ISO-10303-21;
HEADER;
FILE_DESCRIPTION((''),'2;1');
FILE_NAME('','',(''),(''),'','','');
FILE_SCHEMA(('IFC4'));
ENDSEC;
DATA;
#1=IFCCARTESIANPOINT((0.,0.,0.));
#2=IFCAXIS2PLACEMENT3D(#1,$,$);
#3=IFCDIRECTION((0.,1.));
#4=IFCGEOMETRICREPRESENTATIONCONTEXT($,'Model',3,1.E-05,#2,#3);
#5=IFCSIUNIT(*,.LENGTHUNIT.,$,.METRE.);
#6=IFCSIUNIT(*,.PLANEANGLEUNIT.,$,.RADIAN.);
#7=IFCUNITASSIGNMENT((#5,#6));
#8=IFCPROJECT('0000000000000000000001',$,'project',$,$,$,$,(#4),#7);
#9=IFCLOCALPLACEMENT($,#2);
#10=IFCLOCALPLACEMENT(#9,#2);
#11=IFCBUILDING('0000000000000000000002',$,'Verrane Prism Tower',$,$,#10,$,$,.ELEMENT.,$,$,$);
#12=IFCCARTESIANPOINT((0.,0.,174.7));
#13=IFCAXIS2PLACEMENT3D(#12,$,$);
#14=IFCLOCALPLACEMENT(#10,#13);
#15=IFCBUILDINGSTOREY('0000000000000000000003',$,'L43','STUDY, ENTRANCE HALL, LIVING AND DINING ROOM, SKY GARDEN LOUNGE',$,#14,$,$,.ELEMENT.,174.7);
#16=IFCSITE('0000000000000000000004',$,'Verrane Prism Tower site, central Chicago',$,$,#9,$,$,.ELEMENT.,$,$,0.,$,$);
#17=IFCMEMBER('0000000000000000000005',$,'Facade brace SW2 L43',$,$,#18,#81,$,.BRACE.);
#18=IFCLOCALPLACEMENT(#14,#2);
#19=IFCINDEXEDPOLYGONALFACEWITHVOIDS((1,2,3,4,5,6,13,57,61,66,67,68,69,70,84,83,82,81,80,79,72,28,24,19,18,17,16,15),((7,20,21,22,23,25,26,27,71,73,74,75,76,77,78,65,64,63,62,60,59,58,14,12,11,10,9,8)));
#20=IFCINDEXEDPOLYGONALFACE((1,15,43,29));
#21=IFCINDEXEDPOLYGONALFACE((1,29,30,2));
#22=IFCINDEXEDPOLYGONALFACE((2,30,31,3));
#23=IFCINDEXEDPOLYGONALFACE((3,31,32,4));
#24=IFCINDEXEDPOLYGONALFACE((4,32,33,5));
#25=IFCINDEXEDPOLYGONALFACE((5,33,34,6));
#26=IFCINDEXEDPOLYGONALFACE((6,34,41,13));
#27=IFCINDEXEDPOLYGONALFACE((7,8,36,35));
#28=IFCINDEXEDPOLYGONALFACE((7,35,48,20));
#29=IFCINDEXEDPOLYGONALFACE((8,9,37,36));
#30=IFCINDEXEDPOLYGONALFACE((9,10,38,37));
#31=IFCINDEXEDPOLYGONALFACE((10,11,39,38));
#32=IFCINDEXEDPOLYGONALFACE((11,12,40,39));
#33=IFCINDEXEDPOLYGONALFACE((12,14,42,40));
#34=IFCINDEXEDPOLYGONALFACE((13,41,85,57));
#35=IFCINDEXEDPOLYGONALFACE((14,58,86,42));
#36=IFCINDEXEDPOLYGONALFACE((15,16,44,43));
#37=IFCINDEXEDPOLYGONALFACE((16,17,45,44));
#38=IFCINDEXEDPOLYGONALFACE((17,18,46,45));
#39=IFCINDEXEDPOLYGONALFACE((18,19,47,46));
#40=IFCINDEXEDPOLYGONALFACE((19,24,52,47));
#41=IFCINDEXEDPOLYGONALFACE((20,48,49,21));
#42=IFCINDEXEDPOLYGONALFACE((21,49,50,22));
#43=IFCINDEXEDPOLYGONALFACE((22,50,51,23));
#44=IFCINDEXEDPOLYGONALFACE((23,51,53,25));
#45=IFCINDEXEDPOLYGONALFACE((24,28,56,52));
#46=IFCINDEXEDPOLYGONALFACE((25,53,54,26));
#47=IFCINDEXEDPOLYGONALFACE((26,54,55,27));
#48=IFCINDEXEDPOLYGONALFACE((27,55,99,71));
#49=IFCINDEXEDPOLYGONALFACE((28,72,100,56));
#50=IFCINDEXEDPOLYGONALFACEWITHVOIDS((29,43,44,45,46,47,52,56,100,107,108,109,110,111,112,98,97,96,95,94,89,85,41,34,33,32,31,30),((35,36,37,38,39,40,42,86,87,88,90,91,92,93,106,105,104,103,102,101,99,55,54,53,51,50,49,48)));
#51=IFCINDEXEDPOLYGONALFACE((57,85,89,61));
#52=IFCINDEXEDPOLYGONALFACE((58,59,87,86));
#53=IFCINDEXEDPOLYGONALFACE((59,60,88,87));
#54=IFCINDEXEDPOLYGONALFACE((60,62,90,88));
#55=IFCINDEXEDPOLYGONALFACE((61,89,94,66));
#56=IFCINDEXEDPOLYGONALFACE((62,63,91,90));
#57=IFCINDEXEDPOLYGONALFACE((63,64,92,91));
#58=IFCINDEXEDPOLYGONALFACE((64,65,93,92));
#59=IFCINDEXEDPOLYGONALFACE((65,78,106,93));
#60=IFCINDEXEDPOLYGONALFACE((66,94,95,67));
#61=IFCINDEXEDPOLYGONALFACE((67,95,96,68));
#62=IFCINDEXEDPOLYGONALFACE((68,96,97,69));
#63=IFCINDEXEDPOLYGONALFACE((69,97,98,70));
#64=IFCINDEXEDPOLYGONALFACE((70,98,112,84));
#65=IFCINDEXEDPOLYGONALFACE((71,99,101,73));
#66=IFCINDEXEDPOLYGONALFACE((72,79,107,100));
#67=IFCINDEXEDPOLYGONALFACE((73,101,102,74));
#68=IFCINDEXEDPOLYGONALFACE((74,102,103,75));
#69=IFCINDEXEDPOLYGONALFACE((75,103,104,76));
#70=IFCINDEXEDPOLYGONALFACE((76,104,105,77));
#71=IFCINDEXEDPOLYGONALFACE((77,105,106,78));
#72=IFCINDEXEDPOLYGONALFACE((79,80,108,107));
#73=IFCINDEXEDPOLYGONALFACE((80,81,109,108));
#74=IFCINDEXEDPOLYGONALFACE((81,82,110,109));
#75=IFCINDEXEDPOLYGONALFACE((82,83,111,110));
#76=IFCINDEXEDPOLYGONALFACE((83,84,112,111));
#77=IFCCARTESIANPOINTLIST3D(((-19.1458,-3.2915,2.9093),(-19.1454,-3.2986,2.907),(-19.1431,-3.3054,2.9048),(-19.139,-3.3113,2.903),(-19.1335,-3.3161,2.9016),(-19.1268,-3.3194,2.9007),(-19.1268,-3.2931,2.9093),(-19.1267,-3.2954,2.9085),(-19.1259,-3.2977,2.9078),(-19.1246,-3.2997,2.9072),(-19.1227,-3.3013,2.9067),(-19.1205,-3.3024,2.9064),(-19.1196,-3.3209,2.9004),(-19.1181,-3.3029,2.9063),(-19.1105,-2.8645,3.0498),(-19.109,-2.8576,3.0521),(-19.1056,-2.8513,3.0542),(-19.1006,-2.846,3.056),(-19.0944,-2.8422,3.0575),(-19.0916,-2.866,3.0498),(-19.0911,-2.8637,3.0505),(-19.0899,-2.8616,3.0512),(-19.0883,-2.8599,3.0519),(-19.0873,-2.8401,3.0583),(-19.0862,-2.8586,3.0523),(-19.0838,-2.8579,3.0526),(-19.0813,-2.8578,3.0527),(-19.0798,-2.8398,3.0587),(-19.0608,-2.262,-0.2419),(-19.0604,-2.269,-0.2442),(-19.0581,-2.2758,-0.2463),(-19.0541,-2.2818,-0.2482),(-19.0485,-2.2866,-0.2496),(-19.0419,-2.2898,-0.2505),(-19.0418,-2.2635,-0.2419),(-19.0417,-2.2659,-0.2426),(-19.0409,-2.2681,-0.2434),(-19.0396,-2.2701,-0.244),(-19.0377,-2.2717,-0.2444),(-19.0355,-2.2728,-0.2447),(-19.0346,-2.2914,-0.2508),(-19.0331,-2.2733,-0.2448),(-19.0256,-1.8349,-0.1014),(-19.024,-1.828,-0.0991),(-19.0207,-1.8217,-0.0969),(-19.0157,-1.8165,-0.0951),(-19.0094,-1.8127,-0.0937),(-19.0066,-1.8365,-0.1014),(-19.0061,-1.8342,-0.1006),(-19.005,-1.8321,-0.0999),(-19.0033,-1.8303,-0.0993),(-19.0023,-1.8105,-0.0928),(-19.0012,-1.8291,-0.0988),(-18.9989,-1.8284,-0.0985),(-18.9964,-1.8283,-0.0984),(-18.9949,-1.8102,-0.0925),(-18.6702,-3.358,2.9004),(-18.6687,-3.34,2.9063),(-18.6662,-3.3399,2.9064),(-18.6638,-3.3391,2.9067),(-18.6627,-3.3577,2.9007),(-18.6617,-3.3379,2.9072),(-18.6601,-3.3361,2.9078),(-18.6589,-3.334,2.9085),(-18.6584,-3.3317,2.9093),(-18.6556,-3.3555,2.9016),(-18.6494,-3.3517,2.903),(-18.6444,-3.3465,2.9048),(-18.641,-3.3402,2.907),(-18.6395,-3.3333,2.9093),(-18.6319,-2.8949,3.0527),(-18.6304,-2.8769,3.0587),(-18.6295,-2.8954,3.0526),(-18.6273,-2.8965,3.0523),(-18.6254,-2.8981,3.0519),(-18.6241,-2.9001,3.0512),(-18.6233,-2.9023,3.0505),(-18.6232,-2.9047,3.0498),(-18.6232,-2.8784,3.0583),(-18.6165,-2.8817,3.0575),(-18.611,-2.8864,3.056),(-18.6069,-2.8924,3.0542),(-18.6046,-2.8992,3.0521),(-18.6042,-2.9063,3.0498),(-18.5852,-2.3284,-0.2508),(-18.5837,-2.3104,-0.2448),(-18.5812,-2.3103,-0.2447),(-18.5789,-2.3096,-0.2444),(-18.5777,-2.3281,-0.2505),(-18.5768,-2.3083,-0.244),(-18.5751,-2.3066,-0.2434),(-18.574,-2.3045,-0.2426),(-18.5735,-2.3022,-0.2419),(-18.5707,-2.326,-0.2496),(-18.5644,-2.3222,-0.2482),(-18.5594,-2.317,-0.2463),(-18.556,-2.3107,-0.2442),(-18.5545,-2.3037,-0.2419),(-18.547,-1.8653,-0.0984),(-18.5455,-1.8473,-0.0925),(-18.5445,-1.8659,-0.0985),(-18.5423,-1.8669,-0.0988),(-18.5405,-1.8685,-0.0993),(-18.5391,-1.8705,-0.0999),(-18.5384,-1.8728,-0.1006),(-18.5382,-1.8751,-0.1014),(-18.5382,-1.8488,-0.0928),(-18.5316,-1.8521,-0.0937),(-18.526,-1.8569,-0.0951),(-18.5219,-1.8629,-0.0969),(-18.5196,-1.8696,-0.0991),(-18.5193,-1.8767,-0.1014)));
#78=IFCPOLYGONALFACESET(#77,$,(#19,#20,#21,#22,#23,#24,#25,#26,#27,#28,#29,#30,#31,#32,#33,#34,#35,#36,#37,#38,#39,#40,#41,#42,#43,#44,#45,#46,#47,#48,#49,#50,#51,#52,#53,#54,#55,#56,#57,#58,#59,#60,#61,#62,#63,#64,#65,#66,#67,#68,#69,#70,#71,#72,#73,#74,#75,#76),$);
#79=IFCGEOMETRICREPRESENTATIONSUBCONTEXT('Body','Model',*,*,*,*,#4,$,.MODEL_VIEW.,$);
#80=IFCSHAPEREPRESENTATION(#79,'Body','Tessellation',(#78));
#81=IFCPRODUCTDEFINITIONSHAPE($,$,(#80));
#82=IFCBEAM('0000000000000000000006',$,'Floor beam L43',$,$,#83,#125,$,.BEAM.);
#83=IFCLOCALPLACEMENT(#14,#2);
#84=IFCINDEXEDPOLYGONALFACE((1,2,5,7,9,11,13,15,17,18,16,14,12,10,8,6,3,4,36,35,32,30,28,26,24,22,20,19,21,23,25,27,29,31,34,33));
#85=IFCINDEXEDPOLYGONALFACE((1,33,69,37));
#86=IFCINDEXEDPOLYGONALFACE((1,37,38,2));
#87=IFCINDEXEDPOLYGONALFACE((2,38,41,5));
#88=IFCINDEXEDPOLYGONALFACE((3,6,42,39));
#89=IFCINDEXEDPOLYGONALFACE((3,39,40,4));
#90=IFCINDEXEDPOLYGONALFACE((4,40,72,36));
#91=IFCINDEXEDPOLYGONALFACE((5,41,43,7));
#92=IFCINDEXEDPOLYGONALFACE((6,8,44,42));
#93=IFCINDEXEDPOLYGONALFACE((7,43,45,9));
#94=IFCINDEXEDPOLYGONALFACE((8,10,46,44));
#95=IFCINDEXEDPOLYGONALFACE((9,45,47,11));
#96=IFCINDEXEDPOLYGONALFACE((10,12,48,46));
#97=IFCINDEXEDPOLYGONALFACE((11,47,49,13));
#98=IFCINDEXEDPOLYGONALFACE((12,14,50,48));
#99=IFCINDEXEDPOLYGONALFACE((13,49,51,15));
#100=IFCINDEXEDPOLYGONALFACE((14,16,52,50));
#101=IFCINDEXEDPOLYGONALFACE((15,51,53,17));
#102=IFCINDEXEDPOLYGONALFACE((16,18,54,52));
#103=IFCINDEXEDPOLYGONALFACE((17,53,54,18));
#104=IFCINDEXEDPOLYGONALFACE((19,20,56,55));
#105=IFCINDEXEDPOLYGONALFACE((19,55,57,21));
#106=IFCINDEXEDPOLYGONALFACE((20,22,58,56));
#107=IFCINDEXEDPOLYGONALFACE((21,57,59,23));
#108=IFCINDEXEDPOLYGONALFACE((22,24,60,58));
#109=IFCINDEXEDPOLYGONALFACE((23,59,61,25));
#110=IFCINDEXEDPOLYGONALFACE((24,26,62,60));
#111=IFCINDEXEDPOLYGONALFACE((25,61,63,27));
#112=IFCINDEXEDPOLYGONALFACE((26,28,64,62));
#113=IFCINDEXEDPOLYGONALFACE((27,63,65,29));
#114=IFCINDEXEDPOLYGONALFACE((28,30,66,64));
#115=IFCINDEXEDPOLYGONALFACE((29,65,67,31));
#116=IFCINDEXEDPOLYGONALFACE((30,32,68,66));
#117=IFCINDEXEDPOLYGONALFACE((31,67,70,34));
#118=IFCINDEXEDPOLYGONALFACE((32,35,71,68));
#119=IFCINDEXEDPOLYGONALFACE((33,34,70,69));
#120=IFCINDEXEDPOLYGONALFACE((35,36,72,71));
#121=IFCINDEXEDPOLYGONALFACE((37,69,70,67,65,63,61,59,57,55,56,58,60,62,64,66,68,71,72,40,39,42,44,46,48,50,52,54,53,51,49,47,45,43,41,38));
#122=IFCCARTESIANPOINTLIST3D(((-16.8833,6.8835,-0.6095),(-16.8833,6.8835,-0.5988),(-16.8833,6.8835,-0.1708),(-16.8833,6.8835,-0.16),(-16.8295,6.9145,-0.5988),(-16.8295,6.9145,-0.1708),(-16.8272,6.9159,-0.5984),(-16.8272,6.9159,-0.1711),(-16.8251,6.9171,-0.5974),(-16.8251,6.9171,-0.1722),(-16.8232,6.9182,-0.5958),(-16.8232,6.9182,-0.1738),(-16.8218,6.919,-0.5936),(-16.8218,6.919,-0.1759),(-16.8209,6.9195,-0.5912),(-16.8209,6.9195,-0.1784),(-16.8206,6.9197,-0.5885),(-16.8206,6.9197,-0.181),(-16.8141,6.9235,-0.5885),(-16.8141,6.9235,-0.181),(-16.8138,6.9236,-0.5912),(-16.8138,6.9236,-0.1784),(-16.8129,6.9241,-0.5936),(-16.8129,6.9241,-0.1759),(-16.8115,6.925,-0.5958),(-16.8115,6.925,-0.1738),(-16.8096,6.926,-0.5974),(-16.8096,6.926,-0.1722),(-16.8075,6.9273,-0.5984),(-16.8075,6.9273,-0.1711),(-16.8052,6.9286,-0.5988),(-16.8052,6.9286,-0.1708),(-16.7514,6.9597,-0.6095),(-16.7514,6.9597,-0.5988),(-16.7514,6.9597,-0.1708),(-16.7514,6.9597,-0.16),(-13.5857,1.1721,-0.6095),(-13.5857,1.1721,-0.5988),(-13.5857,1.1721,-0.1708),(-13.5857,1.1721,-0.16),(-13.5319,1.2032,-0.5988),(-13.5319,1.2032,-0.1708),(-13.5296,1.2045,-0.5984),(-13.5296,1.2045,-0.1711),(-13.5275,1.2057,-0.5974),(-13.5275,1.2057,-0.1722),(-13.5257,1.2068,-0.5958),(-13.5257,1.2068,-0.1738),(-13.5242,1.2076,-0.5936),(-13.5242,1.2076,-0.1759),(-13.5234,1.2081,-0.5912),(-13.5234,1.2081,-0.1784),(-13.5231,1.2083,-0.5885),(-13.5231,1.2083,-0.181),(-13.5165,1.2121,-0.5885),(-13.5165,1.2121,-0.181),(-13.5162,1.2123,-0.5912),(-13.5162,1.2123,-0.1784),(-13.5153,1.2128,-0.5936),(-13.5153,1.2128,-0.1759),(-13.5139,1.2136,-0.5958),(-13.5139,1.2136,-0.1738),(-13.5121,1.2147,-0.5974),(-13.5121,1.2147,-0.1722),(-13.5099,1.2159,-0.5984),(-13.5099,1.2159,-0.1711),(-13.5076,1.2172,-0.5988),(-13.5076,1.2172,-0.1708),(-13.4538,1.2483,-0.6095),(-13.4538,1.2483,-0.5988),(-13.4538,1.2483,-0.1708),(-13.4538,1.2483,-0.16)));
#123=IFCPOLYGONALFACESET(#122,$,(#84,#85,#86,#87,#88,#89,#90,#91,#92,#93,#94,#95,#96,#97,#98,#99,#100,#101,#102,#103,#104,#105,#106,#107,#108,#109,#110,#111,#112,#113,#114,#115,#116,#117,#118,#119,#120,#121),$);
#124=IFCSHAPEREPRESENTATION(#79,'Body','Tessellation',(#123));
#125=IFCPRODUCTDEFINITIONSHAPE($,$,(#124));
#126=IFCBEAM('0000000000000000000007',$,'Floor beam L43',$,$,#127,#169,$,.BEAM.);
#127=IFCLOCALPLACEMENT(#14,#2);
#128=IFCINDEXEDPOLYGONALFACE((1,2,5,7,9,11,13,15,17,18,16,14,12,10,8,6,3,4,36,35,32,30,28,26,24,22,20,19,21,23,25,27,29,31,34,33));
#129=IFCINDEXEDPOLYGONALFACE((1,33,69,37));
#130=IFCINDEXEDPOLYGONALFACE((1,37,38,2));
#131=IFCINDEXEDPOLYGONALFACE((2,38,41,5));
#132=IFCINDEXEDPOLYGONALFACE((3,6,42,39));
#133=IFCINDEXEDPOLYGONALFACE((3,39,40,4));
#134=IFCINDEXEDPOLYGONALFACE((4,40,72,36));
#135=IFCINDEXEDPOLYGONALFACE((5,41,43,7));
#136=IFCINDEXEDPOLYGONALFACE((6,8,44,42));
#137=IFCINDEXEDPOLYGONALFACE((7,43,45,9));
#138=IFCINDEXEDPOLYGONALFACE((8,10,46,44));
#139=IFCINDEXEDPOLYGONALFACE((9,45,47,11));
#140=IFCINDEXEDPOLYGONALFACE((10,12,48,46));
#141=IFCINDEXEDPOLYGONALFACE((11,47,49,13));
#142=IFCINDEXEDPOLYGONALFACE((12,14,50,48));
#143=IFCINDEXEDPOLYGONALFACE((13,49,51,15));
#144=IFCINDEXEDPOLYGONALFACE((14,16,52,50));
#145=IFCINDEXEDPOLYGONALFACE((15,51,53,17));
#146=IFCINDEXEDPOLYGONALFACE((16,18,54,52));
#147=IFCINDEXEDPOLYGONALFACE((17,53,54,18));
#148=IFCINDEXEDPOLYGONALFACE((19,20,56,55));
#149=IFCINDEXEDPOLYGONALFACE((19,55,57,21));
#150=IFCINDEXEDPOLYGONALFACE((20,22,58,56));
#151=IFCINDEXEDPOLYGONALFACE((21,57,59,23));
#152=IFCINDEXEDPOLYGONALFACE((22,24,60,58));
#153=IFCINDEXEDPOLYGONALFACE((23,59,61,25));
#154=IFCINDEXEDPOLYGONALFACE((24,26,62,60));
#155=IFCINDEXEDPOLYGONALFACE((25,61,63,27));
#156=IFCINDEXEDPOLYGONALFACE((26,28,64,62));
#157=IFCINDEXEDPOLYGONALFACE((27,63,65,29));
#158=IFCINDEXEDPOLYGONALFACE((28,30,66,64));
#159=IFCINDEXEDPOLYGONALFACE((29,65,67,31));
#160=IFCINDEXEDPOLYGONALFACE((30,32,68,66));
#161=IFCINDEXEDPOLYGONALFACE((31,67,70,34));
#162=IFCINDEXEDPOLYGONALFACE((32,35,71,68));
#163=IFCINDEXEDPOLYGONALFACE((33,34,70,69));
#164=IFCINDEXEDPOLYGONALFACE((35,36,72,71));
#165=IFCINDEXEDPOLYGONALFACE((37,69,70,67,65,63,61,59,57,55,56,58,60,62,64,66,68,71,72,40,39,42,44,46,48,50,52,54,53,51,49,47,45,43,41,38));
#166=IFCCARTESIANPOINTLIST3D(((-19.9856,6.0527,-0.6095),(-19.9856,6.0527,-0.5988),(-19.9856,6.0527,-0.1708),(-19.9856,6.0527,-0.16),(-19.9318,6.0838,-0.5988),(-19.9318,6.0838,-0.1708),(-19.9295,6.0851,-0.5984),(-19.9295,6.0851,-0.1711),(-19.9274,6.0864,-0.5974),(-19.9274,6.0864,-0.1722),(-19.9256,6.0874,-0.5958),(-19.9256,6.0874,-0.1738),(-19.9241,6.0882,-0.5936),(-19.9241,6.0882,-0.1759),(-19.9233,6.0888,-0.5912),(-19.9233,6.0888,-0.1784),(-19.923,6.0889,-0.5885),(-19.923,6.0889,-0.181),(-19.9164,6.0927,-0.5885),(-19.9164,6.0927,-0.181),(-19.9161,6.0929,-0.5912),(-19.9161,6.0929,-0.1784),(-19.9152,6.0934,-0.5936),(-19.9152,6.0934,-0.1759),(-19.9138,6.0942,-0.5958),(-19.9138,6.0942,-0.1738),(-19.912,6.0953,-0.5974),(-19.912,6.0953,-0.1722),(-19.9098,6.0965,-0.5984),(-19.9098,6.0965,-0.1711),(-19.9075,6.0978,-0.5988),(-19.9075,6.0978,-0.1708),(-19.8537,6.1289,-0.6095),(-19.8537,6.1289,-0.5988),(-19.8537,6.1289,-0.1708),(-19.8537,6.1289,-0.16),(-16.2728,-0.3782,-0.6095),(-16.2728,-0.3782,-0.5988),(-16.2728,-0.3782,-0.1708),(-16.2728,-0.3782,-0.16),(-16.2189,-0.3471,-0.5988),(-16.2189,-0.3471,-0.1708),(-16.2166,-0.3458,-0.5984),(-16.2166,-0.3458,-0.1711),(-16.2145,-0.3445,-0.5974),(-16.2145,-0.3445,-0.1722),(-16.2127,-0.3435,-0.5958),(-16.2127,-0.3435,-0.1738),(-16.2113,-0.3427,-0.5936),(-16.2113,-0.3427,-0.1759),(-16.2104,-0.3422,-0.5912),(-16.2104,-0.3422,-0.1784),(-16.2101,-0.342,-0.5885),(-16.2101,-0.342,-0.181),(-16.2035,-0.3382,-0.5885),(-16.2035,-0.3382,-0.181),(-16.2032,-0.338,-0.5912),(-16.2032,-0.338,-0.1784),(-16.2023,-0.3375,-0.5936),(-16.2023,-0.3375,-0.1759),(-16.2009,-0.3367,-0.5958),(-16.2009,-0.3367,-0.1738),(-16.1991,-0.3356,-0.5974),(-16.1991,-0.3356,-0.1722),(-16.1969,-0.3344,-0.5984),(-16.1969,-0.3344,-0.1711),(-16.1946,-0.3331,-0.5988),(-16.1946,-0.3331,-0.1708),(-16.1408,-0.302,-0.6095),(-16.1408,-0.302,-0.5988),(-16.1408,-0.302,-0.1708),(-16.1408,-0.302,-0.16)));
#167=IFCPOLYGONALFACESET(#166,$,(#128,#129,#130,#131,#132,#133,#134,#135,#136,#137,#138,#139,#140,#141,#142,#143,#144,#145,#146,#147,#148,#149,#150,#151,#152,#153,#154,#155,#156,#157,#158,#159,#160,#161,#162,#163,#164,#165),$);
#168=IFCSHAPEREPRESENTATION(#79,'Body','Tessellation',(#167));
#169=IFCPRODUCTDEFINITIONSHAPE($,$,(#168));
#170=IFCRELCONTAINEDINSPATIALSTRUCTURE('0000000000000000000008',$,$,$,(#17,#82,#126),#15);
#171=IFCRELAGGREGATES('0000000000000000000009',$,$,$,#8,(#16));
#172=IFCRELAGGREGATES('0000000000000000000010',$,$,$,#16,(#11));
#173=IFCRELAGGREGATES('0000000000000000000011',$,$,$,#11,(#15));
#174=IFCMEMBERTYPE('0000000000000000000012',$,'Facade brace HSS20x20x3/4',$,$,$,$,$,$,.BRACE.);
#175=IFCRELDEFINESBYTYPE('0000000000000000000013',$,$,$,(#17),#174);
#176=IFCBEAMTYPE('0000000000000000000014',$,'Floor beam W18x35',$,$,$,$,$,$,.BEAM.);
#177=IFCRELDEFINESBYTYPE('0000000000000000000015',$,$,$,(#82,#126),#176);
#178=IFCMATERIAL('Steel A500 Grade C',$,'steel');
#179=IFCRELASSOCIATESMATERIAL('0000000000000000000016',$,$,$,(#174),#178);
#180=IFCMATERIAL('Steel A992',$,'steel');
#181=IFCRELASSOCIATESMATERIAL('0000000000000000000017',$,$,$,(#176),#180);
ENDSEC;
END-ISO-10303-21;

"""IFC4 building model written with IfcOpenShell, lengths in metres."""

from ifc_helpers import new_model, si_unit, direction, frame, origin, origin_2d, place, context, subcontext, project, spatial, hollow_rectangle, i_section, extrude, material, material_profile, profile_set, type_object, element, save


model = new_model("IFC4")

# Units and contexts
model_context = context("Model", 3, precision=1e-05, world=origin(), true_north=direction((0.0, 1.0)))
body_context = subcontext(model_context, "Body", "Model", "MODEL_VIEW")
ifc_project = project(units=[si_unit("LENGTHUNIT", "METRE"), si_unit("PLANEANGLEUNIT", "RADIAN")], contexts=[model_context])

# Site, building, storey
site_placement = place(None, origin())
site = spatial("IfcSite", under=ifc_project, at=site_placement, Name="Verrane Prism Tower site, central Chicago", CompositionType="ELEMENT", RefElevation=0.0)
building_placement = place(site_placement, origin())
building = spatial("IfcBuilding", under=site, at=building_placement, Name="Verrane Prism Tower", CompositionType="ELEMENT")
storey_placement = place(building_placement, frame((0.0, 0.0, 174.7)))
storey = spatial("IfcBuildingStorey", under=building, at=storey_placement, Name="L43", Description="STUDY, ENTRANCE HALL, LIVING AND DINING ROOM, SKY GARDEN LOUNGE", CompositionType="ELEMENT", Elevation=174.7)

# Member
ifc_material_1 = material(Name="Steel A500 Grade C", Category="steel")
ifc_material_profile_1 = material_profile(ifc_material_1, hollow_rectangle(XDim=0.5081, YDim=0.5081, WallThickness=0.019, InnerFilletRadius=0.0095, OuterFilletRadius=0.0286, at=origin_2d()), Name="HSS20x20x3/4")
ifc_profile_set_1 = profile_set([ifc_material_profile_1], Name="Steel A500 Grade C")
member_type_1 = type_object("IfcMemberType", Name="Facade brace HSS20x20x3/4", PredefinedType="BRACE", material=ifc_profile_set_1)
member_1_placement = place(storey_placement, frame((-18.79, -2.0693, -0.1716), z_axis=(-0.02562, -0.310464, 0.95024), x_axis=(0.996612, -0.082244, 0.0)))
element("IfcMember", 1, at=member_1_placement, inside=storey, type_object=member_type_1, Name="Facade brace SW2 L43", PredefinedType="BRACE", context=body_context, shape_type="SweptSolid", body=[
    extrude(hollow_rectangle(XDim=0.5081, YDim=0.5081, WallThickness=0.019, InnerFilletRadius=0.0095, OuterFilletRadius=0.0286, at=origin_2d()), origin(), (0.0, 0.0, 1.0), 3.3162),
])

# Beams
ifc_material_2 = material(Name="Steel A992", Category="steel")
ifc_material_profile_2 = material_profile(ifc_material_2, i_section(OverallWidth=0.1523, OverallDepth=0.4495, WebThickness=0.0076, FlangeThickness=0.0107, FilletRadius=0.0103, at=origin_2d()), Name="W18x35")
ifc_profile_set_2 = profile_set([ifc_material_profile_2], Name="Steel A992")
beam_type_1 = type_object("IfcBeamType", Name="Floor beam W18x35", PredefinedType="BEAM", material=ifc_profile_set_2)
beam_1_placement = place(storey_placement, frame((-13.5198, 1.2102, -0.3848), z_axis=(-0.500013, 0.866018, 0.0), x_axis=(-0.866018, -0.500013, 0.0)))
element("IfcBeam", 2, at=beam_1_placement, inside=storey, type_object=beam_type_1, Name="Floor beam L43", PredefinedType="BEAM", context=body_context, shape_type="SweptSolid", body=[
    extrude(i_section(OverallWidth=0.1523, OverallDepth=0.4495, WebThickness=0.0076, FlangeThickness=0.0107, FilletRadius=0.0103, at=origin_2d()), origin(), (0.0, 0.0, 1.0), 6.595),
])
beam_2_placement = place(storey_placement, frame((-16.2068, -0.3401, -0.3848), z_axis=(-0.5, 0.866025, 0.0), x_axis=(-0.866025, -0.5, 0.0)))
element("IfcBeam", 3, at=beam_2_placement, inside=storey, type_object=beam_type_1, Name="Floor beam L43", PredefinedType="BEAM", context=body_context, shape_type="SweptSolid", body=[
    extrude(i_section(OverallWidth=0.1523, OverallDepth=0.4495, WebThickness=0.0076, FlangeThickness=0.0107, FilletRadius=0.0103, at=origin_2d()), origin(), (0.0, 0.0, 1.0), 7.4258),
])

save(model, "model.ifc")
